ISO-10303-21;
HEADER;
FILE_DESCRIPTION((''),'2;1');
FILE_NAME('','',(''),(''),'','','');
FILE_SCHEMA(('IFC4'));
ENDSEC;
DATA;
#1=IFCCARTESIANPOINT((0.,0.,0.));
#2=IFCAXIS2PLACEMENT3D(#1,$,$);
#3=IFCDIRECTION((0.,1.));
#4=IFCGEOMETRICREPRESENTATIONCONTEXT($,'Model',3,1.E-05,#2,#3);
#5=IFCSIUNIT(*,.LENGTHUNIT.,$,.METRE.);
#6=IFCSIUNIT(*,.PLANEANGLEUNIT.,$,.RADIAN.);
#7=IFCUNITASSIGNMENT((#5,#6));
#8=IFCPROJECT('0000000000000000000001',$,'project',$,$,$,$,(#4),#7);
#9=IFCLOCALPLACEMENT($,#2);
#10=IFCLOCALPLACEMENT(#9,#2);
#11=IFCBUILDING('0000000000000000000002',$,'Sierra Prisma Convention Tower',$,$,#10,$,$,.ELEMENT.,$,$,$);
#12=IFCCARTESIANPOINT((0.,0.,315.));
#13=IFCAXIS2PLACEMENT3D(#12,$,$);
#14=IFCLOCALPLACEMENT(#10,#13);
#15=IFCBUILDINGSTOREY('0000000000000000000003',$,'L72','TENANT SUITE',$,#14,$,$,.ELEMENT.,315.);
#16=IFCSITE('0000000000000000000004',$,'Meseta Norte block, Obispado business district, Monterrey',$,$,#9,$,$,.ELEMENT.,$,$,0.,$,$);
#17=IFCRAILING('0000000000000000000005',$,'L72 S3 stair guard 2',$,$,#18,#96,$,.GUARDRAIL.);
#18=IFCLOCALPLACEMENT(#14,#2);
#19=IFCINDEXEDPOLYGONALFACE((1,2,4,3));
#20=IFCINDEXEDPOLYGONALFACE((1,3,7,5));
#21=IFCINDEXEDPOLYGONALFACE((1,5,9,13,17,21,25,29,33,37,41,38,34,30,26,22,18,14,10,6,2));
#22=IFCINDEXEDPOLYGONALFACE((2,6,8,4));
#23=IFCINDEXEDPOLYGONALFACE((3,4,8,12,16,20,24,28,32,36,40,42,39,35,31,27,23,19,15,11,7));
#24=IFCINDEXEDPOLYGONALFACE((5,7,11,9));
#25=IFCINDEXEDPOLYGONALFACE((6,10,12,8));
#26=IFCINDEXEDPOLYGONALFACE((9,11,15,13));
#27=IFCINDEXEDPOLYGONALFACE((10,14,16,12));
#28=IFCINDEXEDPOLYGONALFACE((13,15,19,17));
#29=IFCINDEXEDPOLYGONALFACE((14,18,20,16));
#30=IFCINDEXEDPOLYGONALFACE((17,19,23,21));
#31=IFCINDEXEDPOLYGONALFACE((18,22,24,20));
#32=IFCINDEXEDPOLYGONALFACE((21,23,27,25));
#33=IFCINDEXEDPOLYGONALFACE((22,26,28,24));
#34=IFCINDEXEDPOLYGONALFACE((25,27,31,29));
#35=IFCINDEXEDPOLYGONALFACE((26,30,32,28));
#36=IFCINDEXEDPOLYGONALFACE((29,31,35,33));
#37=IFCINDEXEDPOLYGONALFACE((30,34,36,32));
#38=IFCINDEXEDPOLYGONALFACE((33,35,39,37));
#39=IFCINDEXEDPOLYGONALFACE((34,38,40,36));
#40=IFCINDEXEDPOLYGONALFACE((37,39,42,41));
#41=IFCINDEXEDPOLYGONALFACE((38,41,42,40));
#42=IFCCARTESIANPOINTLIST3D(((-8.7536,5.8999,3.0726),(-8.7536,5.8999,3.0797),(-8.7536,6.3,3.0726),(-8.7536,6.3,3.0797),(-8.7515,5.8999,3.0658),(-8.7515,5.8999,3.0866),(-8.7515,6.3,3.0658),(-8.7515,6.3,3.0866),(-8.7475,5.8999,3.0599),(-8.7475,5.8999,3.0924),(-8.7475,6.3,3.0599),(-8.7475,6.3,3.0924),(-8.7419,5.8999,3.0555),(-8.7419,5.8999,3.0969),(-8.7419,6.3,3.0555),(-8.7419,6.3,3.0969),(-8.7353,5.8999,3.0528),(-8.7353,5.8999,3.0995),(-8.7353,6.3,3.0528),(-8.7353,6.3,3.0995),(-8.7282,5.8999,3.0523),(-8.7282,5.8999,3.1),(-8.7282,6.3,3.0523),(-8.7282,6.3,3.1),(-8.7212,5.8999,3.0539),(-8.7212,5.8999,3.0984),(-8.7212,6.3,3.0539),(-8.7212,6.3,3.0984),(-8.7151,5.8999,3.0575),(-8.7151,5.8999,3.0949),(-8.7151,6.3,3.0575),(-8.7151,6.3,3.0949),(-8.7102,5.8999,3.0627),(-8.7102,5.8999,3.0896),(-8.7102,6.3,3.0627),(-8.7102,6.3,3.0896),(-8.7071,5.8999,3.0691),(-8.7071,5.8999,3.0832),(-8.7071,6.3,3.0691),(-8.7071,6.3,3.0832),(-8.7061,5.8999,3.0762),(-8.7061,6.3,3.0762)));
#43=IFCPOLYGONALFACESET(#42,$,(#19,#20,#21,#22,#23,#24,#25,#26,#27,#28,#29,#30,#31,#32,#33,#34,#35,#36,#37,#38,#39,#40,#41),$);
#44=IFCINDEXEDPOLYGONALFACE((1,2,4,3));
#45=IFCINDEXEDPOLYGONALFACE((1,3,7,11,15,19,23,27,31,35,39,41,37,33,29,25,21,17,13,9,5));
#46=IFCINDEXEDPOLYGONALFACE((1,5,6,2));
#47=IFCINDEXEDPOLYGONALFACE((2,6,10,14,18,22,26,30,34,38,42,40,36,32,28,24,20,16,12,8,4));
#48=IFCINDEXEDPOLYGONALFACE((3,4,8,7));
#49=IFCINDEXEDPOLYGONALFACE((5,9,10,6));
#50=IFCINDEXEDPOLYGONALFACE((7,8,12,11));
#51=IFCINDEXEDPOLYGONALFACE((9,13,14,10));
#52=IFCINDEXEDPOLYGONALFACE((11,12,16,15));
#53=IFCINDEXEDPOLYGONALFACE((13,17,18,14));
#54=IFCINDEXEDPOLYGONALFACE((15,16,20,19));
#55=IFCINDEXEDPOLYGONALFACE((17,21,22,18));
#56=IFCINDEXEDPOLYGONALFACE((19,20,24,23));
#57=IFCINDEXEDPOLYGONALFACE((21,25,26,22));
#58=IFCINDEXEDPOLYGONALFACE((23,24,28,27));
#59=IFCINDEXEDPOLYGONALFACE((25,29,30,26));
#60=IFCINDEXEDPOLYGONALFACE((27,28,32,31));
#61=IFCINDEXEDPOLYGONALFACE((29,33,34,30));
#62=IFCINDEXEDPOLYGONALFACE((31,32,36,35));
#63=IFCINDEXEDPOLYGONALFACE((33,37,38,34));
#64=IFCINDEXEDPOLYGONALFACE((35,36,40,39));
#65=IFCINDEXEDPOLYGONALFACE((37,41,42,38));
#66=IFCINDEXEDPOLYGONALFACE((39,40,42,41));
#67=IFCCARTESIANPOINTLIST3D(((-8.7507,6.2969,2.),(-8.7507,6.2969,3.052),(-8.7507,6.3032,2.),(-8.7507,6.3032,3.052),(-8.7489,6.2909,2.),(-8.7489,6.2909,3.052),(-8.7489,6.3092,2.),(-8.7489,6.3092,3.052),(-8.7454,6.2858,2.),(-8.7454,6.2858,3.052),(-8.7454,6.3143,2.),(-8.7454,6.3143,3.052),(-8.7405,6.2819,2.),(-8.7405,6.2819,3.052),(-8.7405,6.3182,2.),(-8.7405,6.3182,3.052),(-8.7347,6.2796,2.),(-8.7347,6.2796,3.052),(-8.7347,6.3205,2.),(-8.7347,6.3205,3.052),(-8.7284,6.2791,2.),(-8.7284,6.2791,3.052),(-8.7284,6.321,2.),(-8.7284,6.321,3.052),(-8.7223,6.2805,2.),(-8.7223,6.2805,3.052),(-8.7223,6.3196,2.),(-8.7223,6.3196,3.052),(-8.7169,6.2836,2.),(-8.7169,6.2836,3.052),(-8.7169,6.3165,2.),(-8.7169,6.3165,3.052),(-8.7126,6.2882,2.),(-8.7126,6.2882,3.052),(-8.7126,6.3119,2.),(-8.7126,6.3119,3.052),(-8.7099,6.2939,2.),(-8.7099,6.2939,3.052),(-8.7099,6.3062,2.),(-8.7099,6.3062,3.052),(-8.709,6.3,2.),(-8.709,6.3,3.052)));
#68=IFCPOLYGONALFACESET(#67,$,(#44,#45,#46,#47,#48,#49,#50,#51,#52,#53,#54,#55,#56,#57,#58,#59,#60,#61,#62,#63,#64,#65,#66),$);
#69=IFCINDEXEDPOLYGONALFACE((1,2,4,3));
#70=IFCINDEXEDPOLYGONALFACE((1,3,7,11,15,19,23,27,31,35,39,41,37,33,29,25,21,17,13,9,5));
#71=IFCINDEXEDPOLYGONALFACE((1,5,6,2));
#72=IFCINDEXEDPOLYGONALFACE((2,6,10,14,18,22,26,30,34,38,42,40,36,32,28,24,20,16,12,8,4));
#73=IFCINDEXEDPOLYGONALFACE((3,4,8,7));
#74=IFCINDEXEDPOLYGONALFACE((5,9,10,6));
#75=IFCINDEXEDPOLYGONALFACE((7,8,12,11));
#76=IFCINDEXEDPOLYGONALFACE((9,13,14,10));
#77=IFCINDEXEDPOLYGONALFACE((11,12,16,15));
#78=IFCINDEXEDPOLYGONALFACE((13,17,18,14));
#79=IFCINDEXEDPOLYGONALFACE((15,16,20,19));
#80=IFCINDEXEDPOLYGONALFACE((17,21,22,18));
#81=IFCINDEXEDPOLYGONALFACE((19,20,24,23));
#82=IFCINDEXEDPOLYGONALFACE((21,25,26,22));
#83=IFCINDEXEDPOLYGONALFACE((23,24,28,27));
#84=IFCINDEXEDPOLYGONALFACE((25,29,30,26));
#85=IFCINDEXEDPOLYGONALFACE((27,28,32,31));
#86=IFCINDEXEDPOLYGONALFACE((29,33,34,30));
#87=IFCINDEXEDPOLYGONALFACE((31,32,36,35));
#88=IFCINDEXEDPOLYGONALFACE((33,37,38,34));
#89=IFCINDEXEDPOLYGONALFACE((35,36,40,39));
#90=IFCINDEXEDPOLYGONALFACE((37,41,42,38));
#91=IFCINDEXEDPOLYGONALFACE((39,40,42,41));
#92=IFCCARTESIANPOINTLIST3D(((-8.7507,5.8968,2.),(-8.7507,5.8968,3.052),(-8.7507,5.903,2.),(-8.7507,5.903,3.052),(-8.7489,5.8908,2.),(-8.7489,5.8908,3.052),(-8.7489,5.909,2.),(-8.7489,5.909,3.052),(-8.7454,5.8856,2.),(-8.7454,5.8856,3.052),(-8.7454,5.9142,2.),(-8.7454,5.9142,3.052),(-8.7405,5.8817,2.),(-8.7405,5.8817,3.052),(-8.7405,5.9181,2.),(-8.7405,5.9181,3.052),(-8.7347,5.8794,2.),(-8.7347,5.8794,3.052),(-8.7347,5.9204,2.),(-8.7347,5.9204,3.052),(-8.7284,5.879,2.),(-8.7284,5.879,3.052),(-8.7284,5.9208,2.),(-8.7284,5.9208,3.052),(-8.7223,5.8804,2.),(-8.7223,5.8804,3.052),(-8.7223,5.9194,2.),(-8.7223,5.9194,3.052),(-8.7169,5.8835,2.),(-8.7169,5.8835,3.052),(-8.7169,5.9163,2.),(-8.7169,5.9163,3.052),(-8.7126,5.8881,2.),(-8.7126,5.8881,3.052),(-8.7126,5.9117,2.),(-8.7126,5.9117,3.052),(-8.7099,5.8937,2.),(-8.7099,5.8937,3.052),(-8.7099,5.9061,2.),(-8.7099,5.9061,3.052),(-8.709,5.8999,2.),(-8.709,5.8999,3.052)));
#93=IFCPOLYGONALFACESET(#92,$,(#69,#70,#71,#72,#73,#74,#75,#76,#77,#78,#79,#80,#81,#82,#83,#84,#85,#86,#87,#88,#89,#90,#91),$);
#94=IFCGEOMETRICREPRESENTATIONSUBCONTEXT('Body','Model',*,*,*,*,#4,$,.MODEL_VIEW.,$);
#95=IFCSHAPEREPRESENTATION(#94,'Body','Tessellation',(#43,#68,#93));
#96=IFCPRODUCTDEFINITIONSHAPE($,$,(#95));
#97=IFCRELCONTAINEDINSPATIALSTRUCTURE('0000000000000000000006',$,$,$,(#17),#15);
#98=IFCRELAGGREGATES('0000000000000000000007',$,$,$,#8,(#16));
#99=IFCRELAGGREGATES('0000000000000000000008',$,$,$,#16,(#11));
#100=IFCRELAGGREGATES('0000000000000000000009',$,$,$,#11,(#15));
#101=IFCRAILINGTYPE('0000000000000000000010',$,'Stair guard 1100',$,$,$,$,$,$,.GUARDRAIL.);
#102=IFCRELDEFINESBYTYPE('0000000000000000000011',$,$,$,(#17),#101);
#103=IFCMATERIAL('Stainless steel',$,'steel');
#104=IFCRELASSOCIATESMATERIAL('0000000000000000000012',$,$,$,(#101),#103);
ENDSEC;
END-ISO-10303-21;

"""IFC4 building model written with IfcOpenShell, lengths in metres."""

from ifc_helpers import new_model, si_unit, direction, frame, origin, origin_2d, place, context, subcontext, project, spatial, circle, extrude, material, type_object, element, save


model = new_model("IFC4")

# Units and contexts
model_context = context("Model", 3, precision=1e-05, world=origin(), true_north=direction((0.0, 1.0)))
body_context = subcontext(model_context, "Body", "Model", "MODEL_VIEW")
ifc_project = project(units=[si_unit("LENGTHUNIT", "METRE"), si_unit("PLANEANGLEUNIT", "RADIAN")], contexts=[model_context])

# Site, building, storey
site_placement = place(None, origin())
site = spatial("IfcSite", under=ifc_project, at=site_placement, Name="Meseta Norte block, Obispado business district, Monterrey", CompositionType="ELEMENT", RefElevation=0.0)
building_placement = place(site_placement, origin())
building = spatial("IfcBuilding", under=site, at=building_placement, Name="Sierra Prisma Convention Tower", CompositionType="ELEMENT")
storey_placement = place(building_placement, frame((0.0, 0.0, 315.0)))
storey = spatial("IfcBuildingStorey", under=building, at=storey_placement, Name="L72", Description="TENANT SUITE", CompositionType="ELEMENT", Elevation=315.0)

# Railing
ifc_material_1 = material(Name="Stainless steel", Category="steel")
railing_type = type_object("IfcRailingType", Name="Stair guard 1100", PredefinedType="GUARDRAIL", material=ifc_material_1)
railing_placement = place(storey_placement, frame((-8.73, 6.3, 2.0)))
element("IfcRailing", 1, at=railing_placement, inside=storey, type_object=railing_type, Name="L72 S3 stair guard 2", PredefinedType="GUARDRAIL", context=body_context, shape_type="SweptSolid", body=[
    extrude(circle(Radius=0.0239, at=origin_2d()), frame((0.0, 0.0, 1.0762), z_axis=(0.0, -1.0, 0.0), x_axis=(1.0, 0.0, 0.0)), (0.0, 0.0, 1.0), 0.4001),
    extrude(circle(Radius=0.021, at=origin_2d()), origin(), (0.0, 0.0, 1.0), 1.052),
    extrude(circle(Radius=0.021, at=origin_2d()), frame((0.0, -0.4001, 0.0)), (0.0, 0.0, 1.0), 1.052),
])

save(model, "model.ifc")
